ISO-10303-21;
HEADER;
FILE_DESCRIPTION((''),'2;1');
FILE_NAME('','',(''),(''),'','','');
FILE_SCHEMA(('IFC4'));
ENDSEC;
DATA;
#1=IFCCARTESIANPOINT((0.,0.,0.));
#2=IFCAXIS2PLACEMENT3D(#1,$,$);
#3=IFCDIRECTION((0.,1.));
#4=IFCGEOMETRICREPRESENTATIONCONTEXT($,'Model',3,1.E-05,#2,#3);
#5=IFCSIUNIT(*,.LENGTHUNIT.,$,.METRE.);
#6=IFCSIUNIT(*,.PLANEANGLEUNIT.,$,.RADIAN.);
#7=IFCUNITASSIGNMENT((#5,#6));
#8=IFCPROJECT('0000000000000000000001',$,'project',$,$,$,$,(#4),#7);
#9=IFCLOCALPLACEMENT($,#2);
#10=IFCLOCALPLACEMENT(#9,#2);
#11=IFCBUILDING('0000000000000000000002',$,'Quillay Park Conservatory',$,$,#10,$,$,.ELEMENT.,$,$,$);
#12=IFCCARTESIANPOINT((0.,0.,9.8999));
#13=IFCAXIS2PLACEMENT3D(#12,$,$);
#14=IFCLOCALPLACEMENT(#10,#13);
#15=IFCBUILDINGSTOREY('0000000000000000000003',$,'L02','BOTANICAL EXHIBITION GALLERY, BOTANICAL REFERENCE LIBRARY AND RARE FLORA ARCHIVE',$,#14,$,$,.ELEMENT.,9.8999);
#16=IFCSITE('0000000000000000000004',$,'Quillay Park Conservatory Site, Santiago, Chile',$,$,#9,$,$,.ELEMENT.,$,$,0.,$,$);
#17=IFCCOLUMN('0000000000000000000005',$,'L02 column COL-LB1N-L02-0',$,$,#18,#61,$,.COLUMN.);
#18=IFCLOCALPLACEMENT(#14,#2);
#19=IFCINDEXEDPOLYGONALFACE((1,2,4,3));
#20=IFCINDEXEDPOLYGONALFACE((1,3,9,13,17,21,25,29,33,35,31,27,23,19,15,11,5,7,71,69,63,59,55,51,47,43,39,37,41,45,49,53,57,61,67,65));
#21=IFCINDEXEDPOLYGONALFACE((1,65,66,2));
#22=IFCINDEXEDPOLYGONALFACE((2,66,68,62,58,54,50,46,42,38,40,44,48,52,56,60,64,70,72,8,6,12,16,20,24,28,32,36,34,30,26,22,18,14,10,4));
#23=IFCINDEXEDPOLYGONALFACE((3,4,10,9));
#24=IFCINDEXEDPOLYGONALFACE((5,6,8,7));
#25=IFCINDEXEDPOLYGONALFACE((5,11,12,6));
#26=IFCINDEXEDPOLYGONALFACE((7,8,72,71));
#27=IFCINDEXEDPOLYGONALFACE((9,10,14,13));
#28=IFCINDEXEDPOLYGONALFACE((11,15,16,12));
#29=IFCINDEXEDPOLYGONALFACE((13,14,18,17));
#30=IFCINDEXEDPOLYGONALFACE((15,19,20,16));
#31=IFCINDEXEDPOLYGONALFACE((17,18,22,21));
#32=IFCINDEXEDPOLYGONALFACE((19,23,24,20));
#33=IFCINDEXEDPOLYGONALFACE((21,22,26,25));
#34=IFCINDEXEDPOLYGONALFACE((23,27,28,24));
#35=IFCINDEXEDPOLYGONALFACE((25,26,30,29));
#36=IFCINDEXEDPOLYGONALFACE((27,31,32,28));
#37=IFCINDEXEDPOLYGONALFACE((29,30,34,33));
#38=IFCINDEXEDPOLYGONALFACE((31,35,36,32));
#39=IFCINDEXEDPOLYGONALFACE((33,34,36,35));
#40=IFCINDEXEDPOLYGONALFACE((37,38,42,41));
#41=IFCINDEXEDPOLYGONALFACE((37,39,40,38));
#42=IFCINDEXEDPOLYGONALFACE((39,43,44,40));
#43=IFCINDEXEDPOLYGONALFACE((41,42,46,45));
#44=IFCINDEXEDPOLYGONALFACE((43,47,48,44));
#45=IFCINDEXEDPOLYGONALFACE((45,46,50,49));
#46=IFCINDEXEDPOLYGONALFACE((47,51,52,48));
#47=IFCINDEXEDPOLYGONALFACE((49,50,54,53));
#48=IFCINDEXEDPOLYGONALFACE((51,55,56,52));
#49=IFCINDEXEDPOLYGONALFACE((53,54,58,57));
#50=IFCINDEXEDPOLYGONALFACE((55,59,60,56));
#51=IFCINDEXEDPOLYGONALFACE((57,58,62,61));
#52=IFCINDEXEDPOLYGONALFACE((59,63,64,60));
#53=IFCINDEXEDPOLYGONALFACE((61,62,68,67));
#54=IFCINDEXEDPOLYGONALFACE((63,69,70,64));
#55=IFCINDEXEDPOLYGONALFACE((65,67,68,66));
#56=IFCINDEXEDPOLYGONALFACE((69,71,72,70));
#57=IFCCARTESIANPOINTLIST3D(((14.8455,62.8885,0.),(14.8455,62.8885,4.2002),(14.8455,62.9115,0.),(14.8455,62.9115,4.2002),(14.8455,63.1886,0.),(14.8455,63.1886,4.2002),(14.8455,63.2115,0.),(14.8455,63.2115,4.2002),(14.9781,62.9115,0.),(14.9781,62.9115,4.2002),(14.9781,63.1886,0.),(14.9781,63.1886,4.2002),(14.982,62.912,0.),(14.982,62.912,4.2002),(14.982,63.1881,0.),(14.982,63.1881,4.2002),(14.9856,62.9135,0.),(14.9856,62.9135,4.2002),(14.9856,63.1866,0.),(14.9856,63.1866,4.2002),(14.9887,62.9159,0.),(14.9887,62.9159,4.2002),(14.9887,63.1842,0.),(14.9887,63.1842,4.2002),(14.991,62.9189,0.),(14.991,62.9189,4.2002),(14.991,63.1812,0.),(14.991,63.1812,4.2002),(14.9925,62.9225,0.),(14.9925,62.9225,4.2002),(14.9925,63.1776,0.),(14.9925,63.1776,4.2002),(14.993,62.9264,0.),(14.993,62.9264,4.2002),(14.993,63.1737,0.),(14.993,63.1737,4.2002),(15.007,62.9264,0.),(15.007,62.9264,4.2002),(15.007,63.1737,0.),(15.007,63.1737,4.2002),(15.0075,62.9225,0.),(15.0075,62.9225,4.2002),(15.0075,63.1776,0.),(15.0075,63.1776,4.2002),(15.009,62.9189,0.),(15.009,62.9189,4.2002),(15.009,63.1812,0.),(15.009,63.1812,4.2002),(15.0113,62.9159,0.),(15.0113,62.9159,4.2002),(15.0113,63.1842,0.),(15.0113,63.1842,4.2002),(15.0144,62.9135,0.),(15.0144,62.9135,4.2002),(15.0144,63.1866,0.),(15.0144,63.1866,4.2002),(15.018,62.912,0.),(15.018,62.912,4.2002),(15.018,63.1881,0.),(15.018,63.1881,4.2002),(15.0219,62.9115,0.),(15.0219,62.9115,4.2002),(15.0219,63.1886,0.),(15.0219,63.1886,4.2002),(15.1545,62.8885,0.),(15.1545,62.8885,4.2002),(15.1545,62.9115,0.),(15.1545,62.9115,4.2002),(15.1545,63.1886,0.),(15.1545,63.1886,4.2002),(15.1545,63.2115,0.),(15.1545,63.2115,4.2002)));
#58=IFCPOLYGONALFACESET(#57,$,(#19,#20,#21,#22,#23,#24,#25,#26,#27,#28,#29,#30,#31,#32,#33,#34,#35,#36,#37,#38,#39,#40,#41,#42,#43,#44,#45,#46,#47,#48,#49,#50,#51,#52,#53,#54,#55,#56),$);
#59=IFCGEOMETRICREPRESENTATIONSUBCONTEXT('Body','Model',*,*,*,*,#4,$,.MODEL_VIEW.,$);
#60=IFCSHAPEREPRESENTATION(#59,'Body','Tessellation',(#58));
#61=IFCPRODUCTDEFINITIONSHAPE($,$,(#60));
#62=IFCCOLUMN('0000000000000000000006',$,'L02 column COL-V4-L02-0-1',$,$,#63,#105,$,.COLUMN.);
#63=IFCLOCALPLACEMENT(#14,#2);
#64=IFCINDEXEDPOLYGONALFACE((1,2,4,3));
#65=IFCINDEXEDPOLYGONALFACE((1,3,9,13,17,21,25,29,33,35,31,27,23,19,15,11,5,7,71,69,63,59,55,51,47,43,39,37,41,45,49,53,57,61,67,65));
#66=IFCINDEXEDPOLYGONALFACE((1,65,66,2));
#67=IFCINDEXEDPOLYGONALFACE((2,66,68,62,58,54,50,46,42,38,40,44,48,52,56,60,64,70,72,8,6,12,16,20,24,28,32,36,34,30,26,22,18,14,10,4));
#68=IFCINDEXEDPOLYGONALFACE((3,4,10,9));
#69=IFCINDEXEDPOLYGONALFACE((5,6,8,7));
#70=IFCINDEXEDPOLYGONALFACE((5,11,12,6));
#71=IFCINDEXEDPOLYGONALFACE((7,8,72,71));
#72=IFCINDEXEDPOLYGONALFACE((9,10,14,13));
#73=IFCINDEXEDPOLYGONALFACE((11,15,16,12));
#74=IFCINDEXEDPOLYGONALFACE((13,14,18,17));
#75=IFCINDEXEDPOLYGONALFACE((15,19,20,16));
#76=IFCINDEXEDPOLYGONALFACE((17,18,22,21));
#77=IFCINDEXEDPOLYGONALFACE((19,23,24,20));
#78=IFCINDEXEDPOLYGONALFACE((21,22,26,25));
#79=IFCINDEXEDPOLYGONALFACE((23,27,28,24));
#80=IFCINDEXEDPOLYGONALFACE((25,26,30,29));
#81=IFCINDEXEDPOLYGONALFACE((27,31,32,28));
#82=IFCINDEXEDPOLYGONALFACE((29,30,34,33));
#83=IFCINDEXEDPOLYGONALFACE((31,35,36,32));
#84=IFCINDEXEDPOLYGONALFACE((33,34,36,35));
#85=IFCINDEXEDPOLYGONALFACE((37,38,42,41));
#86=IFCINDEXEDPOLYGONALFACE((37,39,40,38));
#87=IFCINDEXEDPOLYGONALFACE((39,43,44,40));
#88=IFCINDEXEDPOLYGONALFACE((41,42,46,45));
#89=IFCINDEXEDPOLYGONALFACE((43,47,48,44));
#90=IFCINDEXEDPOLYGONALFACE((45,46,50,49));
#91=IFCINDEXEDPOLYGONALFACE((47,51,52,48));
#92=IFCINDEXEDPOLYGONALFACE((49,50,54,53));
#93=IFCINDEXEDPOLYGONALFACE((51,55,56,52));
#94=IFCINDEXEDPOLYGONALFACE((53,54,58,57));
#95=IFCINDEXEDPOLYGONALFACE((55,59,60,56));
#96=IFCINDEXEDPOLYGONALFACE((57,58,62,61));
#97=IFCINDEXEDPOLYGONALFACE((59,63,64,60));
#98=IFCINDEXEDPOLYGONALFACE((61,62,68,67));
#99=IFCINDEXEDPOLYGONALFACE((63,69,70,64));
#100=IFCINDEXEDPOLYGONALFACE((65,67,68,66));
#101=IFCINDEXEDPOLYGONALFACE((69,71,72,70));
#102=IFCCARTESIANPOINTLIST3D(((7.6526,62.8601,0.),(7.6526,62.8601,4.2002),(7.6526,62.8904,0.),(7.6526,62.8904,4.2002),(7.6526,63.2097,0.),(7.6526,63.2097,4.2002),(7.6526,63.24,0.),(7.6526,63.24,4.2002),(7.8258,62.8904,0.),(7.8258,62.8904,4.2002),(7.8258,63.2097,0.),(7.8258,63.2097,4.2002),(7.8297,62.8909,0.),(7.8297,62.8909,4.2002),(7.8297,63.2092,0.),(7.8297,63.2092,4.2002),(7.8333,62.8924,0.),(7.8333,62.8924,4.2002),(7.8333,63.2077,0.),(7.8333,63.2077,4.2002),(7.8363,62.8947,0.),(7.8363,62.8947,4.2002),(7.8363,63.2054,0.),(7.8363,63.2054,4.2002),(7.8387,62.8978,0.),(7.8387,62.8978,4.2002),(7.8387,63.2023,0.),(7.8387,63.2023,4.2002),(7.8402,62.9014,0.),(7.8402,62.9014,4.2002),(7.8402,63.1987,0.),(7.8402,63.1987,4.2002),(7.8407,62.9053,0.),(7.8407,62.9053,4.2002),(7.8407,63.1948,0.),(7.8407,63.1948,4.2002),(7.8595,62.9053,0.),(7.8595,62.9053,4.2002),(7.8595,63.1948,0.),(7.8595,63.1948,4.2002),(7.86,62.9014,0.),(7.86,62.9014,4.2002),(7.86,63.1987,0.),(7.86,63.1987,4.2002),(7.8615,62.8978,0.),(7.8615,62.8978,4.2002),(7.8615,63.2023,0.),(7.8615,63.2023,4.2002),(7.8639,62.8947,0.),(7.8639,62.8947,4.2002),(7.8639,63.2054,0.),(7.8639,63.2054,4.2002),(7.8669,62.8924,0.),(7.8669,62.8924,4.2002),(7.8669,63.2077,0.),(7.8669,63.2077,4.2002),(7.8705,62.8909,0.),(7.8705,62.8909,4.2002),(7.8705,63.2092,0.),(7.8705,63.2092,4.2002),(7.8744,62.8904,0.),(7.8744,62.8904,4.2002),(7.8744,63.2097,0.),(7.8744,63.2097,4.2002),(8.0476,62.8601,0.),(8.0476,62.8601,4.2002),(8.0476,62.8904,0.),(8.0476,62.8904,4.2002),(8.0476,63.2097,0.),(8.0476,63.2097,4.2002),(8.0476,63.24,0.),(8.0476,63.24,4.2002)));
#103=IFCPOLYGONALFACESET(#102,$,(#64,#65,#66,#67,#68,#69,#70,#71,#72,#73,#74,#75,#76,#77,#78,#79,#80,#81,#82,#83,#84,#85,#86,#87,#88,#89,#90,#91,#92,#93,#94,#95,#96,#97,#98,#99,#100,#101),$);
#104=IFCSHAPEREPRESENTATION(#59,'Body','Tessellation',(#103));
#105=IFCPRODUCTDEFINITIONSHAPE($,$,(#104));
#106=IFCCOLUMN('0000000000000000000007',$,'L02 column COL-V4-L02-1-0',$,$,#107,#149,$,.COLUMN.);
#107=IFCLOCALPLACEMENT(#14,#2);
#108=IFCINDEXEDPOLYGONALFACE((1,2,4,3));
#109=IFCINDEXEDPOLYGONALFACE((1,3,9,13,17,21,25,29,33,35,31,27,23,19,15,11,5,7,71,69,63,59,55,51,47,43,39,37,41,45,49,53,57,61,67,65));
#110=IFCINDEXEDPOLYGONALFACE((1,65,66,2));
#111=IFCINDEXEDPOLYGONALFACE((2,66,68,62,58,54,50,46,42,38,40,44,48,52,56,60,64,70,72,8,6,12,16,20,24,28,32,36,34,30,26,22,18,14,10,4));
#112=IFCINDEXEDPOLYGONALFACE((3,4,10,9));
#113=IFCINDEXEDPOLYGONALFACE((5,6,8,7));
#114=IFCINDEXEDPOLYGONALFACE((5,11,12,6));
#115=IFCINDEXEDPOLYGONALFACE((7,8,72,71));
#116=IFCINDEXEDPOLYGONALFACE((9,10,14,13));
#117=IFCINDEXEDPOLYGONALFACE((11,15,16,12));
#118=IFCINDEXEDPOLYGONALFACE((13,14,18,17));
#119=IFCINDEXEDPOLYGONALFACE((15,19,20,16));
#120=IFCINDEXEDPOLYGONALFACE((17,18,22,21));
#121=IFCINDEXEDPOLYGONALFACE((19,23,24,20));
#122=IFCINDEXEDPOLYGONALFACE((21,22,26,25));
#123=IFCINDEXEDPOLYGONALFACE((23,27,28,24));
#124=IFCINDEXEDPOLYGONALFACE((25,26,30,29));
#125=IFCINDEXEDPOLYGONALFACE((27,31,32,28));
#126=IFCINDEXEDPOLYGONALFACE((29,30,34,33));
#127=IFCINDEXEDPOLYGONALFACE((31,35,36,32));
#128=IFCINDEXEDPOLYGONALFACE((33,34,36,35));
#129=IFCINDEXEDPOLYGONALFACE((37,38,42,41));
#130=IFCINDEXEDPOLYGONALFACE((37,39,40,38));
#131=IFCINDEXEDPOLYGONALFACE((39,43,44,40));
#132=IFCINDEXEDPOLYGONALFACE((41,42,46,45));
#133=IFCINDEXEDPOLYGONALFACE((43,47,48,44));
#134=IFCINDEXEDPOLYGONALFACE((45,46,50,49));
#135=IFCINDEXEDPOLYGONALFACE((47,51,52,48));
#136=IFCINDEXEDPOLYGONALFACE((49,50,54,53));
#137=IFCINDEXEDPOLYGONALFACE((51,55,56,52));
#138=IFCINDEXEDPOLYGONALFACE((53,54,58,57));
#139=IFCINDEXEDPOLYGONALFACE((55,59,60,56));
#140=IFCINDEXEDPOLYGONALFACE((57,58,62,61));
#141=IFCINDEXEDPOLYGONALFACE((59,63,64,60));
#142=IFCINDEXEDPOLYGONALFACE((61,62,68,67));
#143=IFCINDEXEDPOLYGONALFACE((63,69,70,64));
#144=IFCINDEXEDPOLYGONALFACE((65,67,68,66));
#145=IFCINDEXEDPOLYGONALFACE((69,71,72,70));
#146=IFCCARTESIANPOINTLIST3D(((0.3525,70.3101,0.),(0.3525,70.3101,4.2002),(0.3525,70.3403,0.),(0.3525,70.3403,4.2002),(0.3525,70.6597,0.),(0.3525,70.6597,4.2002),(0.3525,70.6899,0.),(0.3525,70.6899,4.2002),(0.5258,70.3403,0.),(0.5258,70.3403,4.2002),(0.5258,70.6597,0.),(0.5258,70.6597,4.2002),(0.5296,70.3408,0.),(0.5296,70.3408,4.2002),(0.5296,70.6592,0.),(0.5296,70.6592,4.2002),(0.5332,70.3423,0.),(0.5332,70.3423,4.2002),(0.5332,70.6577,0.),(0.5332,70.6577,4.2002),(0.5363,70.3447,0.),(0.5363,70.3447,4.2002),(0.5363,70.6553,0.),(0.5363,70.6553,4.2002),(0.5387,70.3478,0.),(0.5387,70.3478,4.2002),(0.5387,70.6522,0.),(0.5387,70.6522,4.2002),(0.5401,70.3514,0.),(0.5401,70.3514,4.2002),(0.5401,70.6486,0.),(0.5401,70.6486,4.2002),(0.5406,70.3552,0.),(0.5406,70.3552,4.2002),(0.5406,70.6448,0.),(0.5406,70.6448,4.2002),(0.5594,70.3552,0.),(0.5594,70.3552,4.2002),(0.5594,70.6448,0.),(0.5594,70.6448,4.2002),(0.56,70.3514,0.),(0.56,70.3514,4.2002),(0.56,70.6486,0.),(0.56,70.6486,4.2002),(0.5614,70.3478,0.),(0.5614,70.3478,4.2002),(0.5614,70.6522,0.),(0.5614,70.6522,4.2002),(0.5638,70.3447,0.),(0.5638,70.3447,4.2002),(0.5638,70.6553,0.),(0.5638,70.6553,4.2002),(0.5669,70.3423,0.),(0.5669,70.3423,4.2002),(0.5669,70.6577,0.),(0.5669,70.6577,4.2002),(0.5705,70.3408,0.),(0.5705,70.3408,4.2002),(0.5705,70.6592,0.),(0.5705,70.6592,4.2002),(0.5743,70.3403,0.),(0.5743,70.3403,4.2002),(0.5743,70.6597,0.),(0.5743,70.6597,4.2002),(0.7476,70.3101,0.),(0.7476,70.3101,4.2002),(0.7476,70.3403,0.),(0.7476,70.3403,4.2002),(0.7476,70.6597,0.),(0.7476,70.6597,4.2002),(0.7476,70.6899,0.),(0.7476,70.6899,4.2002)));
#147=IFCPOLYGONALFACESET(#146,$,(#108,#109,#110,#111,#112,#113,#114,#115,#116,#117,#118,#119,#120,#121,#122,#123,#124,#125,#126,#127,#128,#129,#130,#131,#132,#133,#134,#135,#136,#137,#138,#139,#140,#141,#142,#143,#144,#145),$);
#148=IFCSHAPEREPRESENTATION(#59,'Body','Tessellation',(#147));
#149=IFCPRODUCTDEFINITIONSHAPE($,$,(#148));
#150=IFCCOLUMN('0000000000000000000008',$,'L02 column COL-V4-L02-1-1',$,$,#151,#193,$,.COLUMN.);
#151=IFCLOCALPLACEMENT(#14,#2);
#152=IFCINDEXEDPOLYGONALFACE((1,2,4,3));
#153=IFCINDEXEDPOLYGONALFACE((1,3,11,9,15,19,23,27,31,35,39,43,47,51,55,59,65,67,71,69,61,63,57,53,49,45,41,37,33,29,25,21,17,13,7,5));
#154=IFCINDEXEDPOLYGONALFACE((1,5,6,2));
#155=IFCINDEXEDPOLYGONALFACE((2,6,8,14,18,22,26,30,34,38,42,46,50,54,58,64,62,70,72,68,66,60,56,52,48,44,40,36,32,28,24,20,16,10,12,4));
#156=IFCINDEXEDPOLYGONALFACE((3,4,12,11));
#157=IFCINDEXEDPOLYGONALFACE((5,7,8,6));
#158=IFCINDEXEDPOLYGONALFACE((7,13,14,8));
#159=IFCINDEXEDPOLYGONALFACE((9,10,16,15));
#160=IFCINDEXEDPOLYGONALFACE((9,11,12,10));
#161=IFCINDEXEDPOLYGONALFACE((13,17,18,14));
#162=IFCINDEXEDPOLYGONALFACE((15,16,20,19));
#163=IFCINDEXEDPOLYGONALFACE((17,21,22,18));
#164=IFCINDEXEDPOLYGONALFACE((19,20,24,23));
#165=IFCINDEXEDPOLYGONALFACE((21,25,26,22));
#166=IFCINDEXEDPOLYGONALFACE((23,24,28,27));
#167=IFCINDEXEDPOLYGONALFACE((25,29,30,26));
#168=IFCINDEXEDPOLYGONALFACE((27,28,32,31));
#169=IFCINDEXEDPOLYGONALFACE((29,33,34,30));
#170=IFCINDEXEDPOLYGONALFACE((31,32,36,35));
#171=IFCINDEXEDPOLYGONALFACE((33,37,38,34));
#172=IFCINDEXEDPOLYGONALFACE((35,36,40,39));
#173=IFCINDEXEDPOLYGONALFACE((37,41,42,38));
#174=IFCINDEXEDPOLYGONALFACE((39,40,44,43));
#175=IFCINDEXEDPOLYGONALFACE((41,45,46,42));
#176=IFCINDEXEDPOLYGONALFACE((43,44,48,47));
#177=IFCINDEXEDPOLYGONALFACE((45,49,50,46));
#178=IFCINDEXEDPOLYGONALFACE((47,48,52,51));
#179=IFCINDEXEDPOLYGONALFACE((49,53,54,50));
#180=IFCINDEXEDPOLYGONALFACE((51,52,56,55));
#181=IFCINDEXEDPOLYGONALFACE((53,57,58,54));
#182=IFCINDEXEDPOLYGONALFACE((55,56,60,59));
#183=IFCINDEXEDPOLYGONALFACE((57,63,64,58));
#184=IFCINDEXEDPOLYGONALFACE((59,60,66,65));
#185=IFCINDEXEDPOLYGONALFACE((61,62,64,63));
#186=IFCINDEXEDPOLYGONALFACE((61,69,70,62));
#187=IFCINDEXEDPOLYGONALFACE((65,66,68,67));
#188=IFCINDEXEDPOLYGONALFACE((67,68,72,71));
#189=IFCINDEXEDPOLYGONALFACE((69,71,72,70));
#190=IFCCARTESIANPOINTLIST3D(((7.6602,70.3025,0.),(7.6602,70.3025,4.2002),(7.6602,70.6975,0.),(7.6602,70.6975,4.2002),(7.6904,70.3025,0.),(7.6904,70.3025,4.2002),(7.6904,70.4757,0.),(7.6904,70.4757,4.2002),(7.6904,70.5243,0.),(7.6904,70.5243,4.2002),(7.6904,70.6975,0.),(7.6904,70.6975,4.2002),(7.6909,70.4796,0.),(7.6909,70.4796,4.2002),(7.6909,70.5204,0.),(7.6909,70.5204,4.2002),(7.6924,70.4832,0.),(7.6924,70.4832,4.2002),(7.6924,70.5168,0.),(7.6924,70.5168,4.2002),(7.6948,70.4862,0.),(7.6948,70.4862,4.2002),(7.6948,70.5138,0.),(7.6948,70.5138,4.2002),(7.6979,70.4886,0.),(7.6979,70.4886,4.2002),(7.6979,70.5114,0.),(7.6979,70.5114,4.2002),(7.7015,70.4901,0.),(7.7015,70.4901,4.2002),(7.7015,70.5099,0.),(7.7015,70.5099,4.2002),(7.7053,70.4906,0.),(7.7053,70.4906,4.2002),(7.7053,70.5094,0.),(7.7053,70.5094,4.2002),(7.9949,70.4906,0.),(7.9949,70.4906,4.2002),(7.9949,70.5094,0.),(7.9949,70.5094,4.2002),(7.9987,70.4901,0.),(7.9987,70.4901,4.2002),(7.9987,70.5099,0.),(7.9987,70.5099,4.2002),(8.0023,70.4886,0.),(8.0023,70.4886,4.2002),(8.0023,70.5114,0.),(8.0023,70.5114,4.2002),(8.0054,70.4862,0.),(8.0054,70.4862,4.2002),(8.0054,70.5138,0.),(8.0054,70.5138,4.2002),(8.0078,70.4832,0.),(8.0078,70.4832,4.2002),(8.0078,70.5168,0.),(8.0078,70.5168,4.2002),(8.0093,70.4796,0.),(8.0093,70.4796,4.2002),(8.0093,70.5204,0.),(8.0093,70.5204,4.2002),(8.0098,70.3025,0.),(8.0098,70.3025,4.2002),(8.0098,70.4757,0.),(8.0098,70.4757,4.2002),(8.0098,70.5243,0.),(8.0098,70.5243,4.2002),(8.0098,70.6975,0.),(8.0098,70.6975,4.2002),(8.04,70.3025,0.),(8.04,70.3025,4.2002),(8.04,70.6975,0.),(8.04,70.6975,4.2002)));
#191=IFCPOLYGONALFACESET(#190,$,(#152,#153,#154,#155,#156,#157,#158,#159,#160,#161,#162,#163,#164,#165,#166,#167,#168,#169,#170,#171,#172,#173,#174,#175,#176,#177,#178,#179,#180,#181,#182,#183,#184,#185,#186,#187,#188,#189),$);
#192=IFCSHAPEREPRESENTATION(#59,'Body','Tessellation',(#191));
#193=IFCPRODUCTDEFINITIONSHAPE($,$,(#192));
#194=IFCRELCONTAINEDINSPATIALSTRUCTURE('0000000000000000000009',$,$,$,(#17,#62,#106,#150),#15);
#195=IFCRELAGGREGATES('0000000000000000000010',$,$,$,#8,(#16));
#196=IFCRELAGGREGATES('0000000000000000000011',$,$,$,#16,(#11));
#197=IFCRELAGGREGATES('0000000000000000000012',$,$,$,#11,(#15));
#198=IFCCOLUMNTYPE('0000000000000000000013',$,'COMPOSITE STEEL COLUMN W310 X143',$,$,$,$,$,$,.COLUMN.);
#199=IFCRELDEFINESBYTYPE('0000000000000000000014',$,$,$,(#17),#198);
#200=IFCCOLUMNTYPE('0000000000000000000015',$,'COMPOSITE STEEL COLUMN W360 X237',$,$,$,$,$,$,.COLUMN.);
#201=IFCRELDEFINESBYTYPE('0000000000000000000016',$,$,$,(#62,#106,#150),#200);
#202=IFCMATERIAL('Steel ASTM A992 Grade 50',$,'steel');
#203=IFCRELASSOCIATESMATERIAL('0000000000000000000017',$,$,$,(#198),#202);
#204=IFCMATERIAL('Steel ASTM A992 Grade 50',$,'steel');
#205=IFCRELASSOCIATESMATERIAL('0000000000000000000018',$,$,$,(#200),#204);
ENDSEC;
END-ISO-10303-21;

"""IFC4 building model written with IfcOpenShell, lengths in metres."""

from ifc_helpers import new_model, si_unit, direction, frame, origin, origin_2d, place, context, subcontext, project, spatial, i_section, extrude, material, material_profile, profile_set, type_object, element, save


model = new_model("IFC4")

# Units and contexts
model_context = context("Model", 3, precision=1e-05, world=origin(), true_north=direction((0.0, 1.0)))
body_context = subcontext(model_context, "Body", "Model", "MODEL_VIEW")
ifc_project = project(units=[si_unit("LENGTHUNIT", "METRE"), si_unit("PLANEANGLEUNIT", "RADIAN")], contexts=[model_context])

# Site, building, storey
site_placement = place(None, origin())
site = spatial("IfcSite", under=ifc_project, at=site_placement, Name="Quillay Park Conservatory Site, Santiago, Chile", CompositionType="ELEMENT", RefElevation=0.0)
building_placement = place(site_placement, origin())
building = spatial("IfcBuilding", under=site, at=building_placement, Name="Quillay Park Conservatory", CompositionType="ELEMENT")
storey_placement = place(building_placement, frame((0.0, 0.0, 9.8999)))
storey = spatial("IfcBuildingStorey", under=building, at=storey_placement, Name="L02", Description="BOTANICAL EXHIBITION GALLERY, BOTANICAL REFERENCE LIBRARY AND RARE FLORA ARCHIVE", CompositionType="ELEMENT", Elevation=9.8999)

# Columns
ifc_material_1 = material(Name="Steel ASTM A992 Grade 50", Category="steel")
ifc_material_profile_1 = material_profile(ifc_material_1, i_section(OverallWidth=0.3091, OverallDepth=0.323, WebThickness=0.0139, FlangeThickness=0.0229, FilletRadius=0.0149, at=origin_2d()), Name="W310x143")
ifc_profile_set_1 = profile_set([ifc_material_profile_1], Name="Steel ASTM A992 Grade 50")
column_type_1 = type_object("IfcColumnType", Name="COMPOSITE STEEL COLUMN W310 X143", PredefinedType="COLUMN", material=ifc_profile_set_1)
column_placement = place(storey_placement, frame((15.0, 63.05, 0.0), z_axis=(0.0, 0.0, 1.0), x_axis=(1.0, 0.0, 0.0)))
element("IfcColumn", 1, at=column_placement, inside=storey, type_object=column_type_1, Name="L02 column COL-LB1N-L02-0", PredefinedType="COLUMN", context=body_context, shape_type="SweptSolid", body=[
    extrude(i_section(OverallWidth=0.3091, OverallDepth=0.323, WebThickness=0.0139, FlangeThickness=0.0229, FilletRadius=0.0149, at=origin_2d()), origin(), (0.0, 0.0, 1.0), 4.2002),
])
ifc_material_2 = material(Name="Steel ASTM A992 Grade 50", Category="steel")
ifc_material_profile_2 = material_profile(ifc_material_2, i_section(OverallWidth=0.395, OverallDepth=0.3799, WebThickness=0.0188, FlangeThickness=0.0303, FilletRadius=0.0149, at=origin_2d()), Name="W360x237")
ifc_profile_set_2 = profile_set([ifc_material_profile_2], Name="Steel ASTM A992 Grade 50")
column_type_2 = type_object("IfcColumnType", Name="COMPOSITE STEEL COLUMN W360 X237", PredefinedType="COLUMN", material=ifc_profile_set_2)
for number, where, z_axis, x_axis, name in (
    (2, (7.8501, 63.05, 0.0), (0.0, 0.0, 1.0), (1.0, 0.0, 0.0), "L02 column COL-V4-L02-0-1"),
    (3, (0.55, 70.5, 0.0), (0.0, 0.0, 1.0), (1.0, 0.0, 0.0), "L02 column COL-V4-L02-1-0"),
    (4, (7.8501, 70.5, 0.0), (0.0, 0.0, 1.0), (0.0, 1.0, 0.0), "L02 column COL-V4-L02-1-1"),
):
    element("IfcColumn", number, at=place(storey_placement, frame(where, z_axis=z_axis, x_axis=x_axis)), inside=storey, type_object=column_type_2, Name=name, PredefinedType="COLUMN", context=body_context, shape_type="SweptSolid", body=[
        extrude(i_section(OverallWidth=0.395, OverallDepth=0.3799, WebThickness=0.0188, FlangeThickness=0.0303, FilletRadius=0.0149, at=origin_2d()), origin(), (0.0, 0.0, 1.0), 4.2002),
    ])

save(model, "model.ifc")
